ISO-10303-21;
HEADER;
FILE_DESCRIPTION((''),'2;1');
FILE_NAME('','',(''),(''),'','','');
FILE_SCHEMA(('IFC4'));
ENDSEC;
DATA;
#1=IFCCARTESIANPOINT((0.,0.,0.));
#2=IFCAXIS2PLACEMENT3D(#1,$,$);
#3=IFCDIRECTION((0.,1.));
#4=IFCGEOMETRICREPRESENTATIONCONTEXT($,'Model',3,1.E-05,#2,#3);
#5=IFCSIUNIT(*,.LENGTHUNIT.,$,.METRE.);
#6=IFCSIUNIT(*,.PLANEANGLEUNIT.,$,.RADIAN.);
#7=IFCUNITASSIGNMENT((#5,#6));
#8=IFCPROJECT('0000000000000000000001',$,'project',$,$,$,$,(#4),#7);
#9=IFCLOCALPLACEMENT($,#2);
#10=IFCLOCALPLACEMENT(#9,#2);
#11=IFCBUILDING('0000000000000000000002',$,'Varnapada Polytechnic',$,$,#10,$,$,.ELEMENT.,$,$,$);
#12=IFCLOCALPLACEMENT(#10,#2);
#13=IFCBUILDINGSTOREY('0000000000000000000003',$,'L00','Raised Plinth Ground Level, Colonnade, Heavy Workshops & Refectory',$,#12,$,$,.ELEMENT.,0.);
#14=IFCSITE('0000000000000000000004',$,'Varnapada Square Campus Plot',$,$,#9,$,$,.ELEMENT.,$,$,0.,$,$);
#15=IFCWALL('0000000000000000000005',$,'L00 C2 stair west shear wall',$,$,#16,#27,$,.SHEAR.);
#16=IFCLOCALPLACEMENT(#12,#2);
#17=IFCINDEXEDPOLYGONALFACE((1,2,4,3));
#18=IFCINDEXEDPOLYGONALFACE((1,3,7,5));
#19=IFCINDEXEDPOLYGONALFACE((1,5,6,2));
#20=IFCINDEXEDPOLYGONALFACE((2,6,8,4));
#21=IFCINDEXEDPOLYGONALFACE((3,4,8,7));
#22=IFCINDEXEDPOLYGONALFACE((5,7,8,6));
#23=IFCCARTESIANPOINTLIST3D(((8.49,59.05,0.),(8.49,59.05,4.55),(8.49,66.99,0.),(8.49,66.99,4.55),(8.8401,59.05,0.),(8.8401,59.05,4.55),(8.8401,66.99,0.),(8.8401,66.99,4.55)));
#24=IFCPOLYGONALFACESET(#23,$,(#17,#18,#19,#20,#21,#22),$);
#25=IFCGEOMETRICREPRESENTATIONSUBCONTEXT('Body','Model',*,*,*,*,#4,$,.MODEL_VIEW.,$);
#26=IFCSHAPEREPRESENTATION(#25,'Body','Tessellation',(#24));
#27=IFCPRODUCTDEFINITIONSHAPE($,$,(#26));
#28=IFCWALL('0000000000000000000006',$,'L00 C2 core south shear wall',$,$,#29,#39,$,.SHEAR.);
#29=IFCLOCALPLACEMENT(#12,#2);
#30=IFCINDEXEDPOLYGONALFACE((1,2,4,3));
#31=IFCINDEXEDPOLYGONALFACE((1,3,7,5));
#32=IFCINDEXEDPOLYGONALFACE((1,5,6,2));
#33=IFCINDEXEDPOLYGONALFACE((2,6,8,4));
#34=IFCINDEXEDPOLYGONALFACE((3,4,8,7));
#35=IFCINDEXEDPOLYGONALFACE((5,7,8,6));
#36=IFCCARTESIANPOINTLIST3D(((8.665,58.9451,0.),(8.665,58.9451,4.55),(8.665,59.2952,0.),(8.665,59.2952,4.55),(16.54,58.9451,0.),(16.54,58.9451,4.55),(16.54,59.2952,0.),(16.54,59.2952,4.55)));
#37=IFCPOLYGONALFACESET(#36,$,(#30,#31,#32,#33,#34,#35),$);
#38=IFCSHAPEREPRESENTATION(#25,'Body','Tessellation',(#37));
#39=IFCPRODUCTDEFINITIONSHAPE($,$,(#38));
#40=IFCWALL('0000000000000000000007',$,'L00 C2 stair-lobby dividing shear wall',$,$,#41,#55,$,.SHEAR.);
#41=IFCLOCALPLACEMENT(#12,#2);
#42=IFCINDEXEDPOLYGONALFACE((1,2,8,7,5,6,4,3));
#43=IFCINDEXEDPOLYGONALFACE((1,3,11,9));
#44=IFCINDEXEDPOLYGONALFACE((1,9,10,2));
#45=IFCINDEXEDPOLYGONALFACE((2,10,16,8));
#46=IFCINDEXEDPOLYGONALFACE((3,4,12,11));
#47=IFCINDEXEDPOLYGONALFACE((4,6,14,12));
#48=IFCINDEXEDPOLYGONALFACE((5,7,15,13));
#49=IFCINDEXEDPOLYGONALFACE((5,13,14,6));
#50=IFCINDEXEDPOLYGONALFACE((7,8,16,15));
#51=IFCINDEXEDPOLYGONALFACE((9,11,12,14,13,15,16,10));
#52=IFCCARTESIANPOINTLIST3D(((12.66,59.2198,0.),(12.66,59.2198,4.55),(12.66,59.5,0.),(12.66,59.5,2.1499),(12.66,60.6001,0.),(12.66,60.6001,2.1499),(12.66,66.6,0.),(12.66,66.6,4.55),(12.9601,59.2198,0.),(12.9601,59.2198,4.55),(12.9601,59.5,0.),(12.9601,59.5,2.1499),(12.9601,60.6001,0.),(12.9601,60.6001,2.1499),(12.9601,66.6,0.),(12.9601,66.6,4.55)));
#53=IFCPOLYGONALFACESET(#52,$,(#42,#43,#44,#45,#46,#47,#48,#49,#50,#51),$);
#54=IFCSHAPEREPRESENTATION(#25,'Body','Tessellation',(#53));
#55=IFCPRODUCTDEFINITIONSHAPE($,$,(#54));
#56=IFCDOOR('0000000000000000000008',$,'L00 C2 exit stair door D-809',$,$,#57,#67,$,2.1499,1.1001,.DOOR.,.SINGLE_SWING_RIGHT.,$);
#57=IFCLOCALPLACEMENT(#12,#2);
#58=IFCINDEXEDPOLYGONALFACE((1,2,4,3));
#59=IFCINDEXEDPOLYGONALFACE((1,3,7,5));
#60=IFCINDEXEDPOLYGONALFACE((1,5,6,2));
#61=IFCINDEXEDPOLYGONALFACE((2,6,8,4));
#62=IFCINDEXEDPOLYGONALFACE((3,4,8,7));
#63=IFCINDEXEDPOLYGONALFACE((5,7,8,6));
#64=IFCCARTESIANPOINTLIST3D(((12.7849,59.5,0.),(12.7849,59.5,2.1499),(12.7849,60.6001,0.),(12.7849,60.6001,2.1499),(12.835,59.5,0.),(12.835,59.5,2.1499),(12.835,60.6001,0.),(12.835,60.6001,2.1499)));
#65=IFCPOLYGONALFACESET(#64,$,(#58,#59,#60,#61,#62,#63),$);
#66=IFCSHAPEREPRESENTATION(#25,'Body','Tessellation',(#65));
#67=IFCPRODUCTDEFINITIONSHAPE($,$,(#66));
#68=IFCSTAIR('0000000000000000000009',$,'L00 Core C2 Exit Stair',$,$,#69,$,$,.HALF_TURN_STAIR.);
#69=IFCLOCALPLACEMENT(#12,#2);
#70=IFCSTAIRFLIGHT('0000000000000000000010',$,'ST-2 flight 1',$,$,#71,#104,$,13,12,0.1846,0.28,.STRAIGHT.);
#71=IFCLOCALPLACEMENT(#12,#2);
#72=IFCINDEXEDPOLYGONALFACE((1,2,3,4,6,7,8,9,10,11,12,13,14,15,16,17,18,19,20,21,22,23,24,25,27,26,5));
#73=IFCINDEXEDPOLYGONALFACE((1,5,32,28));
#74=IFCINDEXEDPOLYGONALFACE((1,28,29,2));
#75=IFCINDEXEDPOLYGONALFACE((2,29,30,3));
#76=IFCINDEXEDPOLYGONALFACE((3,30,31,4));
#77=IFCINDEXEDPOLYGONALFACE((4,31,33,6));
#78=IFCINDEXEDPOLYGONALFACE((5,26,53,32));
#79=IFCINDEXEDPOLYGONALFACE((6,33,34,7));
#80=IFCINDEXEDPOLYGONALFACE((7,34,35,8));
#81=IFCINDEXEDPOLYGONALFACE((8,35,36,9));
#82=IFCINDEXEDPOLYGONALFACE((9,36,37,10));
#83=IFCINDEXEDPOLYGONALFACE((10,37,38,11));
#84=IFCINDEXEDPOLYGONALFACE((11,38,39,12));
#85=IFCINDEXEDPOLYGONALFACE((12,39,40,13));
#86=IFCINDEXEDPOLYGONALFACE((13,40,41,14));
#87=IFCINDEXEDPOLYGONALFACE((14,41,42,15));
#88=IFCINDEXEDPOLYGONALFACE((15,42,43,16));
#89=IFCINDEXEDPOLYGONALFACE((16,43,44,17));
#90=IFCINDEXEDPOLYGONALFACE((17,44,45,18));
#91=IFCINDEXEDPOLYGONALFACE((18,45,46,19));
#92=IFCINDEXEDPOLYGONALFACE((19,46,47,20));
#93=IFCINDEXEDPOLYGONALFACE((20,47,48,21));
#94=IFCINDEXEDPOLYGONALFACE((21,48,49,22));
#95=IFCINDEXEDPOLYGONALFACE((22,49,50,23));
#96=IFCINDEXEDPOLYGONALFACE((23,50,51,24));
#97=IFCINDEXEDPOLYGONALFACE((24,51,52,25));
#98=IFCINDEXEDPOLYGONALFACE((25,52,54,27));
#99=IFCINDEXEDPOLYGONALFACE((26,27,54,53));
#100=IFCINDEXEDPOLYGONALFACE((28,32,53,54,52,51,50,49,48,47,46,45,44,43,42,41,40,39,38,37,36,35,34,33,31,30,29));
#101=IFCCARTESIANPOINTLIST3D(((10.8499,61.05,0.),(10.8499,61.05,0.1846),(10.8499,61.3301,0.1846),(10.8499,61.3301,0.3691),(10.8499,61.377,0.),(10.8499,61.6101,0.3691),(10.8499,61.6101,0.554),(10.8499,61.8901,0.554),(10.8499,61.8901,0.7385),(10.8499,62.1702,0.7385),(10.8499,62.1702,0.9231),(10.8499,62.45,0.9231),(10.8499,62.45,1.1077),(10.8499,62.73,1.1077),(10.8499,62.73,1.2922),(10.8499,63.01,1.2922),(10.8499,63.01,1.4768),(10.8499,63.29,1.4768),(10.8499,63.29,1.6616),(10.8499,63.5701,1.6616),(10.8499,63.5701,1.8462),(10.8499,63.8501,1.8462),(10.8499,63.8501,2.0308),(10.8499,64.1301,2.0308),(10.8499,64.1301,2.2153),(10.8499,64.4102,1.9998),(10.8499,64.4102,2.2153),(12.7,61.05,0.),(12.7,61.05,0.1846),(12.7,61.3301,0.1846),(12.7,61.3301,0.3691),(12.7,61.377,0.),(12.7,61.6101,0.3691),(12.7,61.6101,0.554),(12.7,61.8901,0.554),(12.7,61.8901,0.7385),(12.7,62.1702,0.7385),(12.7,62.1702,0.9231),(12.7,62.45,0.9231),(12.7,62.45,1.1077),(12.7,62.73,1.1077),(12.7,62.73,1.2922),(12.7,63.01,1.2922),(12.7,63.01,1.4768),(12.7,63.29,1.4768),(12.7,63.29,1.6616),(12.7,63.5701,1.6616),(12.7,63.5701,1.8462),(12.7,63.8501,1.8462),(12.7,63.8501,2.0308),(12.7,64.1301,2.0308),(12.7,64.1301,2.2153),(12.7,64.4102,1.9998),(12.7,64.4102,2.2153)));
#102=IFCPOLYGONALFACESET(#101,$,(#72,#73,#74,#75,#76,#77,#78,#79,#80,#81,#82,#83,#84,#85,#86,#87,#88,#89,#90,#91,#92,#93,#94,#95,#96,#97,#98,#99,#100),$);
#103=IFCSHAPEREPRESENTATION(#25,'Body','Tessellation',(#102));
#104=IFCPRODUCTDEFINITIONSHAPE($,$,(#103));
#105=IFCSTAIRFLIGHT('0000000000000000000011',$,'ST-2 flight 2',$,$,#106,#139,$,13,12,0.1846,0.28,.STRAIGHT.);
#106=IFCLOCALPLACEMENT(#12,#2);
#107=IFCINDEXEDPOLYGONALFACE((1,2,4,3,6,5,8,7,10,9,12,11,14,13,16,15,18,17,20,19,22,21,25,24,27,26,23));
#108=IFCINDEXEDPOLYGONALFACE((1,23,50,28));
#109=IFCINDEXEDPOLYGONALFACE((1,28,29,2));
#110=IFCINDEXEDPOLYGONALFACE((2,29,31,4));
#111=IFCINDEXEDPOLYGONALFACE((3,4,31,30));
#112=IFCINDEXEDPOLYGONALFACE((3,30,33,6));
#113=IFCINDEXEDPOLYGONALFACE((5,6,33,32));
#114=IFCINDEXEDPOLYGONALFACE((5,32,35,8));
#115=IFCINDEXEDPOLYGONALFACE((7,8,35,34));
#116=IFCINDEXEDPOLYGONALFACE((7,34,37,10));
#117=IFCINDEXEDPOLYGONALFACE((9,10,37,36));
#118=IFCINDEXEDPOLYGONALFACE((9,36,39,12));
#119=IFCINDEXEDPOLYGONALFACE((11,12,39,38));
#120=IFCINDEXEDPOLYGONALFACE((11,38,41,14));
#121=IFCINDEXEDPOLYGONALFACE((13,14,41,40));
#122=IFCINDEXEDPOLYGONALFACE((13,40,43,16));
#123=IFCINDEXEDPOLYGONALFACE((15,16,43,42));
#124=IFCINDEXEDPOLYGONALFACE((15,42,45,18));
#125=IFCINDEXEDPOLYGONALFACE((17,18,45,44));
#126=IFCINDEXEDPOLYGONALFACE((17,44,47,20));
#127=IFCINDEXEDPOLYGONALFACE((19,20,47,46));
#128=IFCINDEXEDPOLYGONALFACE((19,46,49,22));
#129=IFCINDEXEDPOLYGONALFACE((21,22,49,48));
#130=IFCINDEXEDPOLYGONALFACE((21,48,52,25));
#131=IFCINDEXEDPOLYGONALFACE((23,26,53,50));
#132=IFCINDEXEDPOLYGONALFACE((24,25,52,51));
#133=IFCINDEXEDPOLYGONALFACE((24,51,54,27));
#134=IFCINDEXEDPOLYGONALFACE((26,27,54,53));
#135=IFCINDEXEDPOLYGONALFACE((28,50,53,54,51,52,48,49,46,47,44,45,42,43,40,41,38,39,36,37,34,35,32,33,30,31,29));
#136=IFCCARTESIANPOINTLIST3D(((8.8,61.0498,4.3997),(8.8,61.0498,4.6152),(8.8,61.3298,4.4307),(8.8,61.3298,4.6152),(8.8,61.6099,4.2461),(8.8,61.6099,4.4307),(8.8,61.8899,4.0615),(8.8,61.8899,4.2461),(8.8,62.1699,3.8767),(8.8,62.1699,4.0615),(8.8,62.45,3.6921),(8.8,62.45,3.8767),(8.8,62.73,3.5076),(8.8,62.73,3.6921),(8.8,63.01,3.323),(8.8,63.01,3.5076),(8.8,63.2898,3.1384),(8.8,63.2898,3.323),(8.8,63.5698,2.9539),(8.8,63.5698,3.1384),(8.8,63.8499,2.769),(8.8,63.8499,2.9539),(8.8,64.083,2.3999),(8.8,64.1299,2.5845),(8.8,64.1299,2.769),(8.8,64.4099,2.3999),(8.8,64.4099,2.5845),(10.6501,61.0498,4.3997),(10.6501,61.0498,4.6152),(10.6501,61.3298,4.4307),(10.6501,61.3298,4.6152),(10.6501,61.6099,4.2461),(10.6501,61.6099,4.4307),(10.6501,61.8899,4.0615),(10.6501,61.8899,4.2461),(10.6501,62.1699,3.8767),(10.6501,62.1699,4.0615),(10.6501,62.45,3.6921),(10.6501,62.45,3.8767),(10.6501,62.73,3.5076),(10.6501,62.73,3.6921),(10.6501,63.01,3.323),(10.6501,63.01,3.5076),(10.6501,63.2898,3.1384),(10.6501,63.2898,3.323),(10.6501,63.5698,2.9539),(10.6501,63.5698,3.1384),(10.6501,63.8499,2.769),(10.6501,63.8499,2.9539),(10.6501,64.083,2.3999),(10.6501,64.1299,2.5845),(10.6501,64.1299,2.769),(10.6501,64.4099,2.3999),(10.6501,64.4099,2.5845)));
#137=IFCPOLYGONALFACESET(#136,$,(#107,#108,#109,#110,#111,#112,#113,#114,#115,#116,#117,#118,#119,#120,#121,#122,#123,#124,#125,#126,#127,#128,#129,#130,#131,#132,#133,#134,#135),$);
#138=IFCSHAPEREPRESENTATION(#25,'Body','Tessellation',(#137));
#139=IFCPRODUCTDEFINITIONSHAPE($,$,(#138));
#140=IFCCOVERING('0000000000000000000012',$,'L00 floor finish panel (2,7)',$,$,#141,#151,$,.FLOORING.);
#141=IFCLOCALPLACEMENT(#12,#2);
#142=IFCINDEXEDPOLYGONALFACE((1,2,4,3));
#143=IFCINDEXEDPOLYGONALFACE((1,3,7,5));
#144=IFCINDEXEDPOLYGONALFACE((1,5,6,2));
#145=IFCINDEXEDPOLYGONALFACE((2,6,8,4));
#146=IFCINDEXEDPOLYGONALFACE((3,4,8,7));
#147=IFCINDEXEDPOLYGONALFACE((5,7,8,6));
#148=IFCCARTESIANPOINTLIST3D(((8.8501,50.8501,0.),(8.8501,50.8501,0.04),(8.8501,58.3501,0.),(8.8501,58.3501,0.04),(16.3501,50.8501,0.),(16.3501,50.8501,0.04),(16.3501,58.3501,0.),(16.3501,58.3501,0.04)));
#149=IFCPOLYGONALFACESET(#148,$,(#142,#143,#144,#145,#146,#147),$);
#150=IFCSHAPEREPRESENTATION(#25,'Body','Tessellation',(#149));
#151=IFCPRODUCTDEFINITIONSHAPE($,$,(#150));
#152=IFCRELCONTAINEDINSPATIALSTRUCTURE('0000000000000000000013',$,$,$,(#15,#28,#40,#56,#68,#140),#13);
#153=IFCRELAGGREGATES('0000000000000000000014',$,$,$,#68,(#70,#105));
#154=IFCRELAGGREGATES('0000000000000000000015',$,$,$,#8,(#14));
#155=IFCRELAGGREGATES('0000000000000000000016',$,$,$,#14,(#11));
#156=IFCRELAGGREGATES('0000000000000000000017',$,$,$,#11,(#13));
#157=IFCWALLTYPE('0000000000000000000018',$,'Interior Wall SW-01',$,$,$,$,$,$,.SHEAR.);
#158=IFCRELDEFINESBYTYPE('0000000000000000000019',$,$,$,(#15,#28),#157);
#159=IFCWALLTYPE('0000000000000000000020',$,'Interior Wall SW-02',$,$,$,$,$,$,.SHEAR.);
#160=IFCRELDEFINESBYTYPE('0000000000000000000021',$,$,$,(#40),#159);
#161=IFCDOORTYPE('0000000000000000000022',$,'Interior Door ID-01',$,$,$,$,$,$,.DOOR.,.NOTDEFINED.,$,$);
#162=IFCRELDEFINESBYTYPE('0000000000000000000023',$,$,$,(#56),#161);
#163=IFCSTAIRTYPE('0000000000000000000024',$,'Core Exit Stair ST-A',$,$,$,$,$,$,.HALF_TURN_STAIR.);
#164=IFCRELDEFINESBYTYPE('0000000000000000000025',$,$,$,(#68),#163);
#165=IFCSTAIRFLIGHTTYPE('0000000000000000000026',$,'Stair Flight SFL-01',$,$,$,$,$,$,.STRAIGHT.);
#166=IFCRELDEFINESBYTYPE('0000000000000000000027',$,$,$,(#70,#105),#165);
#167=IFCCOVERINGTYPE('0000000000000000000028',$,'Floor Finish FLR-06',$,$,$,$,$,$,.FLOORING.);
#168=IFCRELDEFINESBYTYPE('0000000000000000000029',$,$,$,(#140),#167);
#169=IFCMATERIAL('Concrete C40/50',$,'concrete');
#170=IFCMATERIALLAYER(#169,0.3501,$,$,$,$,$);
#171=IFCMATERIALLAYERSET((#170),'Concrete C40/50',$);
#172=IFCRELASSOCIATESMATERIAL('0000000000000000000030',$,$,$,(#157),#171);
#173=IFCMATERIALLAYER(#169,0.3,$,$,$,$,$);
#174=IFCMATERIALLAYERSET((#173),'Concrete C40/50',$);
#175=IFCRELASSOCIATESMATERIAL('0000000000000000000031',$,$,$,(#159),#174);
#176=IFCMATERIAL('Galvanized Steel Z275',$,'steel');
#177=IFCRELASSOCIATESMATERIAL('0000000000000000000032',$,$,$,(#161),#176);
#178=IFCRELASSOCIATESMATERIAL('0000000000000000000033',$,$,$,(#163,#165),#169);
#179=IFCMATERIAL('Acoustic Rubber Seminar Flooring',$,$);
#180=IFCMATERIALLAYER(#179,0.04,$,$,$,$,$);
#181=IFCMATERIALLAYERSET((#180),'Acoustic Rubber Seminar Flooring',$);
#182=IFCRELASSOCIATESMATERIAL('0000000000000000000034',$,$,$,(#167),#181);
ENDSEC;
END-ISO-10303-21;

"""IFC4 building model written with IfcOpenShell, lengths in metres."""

from ifc_helpers import new_model, si_unit, direction, frame, frame_2d, origin, origin_2d, place, context, subcontext, project, spatial, polyline, rectangle, outline, extrude, material, layer, layer_set, type_object, element, fill, aggregate, save


model = new_model("IFC4")

# Units and contexts
model_context = context("Model", 3, precision=1e-05, world=origin(), true_north=direction((0.0, 1.0)))
body_context = subcontext(model_context, "Body", "Model", "MODEL_VIEW")
ifc_project = project(units=[si_unit("LENGTHUNIT", "METRE"), si_unit("PLANEANGLEUNIT", "RADIAN")], contexts=[model_context])

# Site, building, storey
site_placement = place(None, origin())
site = spatial("IfcSite", under=ifc_project, at=site_placement, Name="Varnapada Square Campus Plot", CompositionType="ELEMENT", RefElevation=0.0)
building_placement = place(site_placement, origin())
building = spatial("IfcBuilding", under=site, at=building_placement, Name="Varnapada Polytechnic", CompositionType="ELEMENT")
storey_placement = place(building_placement, origin())
storey = spatial("IfcBuildingStorey", under=building, at=storey_placement, Name="L00", Description="Raised Plinth Ground Level, Colonnade, Heavy Workshops & Refectory", CompositionType="ELEMENT", Elevation=0.0)

# Shared definitions
ifc_material_1 = material(Name="Concrete C40/50", Category="concrete")

# Walls
ifc_layer_1 = layer(ifc_material_1, 0.3501)
ifc_layer_set_1 = layer_set([ifc_layer_1], Name="Concrete C40/50")
wall_type_1 = type_object("IfcWallType", Name="Interior Wall SW-01", PredefinedType="SHEAR", material=ifc_layer_set_1)
wall_1_placement = place(storey_placement, frame((8.665, 59.05, 0.0), z_axis=(0.0, 0.0, 1.0), x_axis=(0.0, 1.0, 0.0)))
element("IfcWall", 1, at=wall_1_placement, inside=storey, type_object=wall_type_1, Name="L00 C2 stair west shear wall", PredefinedType="SHEAR", context=body_context, shape_type="SweptSolid", body=[
    extrude(rectangle(XDim=7.9399, YDim=0.3501, at=frame_2d((3.97, 0.0))), origin(), (0.0, 0.0, 1.0), 4.55),
])
wall_2_placement = place(storey_placement, frame((16.54, 59.1201, 0.0), z_axis=(0.0, 0.0, 1.0), x_axis=(-1.0, 0.0, 0.0)))
element("IfcWall", 2, at=wall_2_placement, inside=storey, type_object=wall_type_1, Name="L00 C2 core south shear wall", PredefinedType="SHEAR", context=body_context, shape_type="SweptSolid", body=[
    extrude(rectangle(XDim=7.875, YDim=0.3501, at=frame_2d((3.9375, 0.0))), origin(), (0.0, 0.0, 1.0), 4.55),
])

# Wall, opening, door
ifc_layer_2 = layer(ifc_material_1, 0.3)
ifc_layer_set_2 = layer_set([ifc_layer_2], Name="Concrete C40/50")
wall_type_2 = type_object("IfcWallType", Name="Interior Wall SW-02", PredefinedType="SHEAR", material=ifc_layer_set_2)
wall_3_placement = place(storey_placement, frame((12.8101, 59.22, 0.0), z_axis=(0.0, 0.0, 1.0), x_axis=(0.0, 1.0, 0.0)))
wall_3 = element("IfcWall", 3, at=wall_3_placement, inside=storey, type_object=wall_type_2, Name="L00 C2 stair-lobby dividing shear wall", PredefinedType="SHEAR", context=body_context, shape_type="SweptSolid", body=[
    extrude(rectangle(XDim=7.3801, YDim=0.3, at=frame_2d((3.6899, 0.0))), origin(), (0.0, 0.0, 1.0), 4.55),
])
opening_1_placement = place(wall_3_placement, frame((0.28, 0.0, 0.0)))
opening_1 = element("IfcOpeningElement", 4, at=opening_1_placement, cuts=wall_3, PredefinedType="OPENING", context=body_context, shape_type="SweptSolid", body=[
    extrude(rectangle(XDim=1.1001, YDim=2.1499, at=frame_2d((0.55, 1.075))), frame((0.0, 0.1599, 0.0), z_axis=(0.0, -1.0, 0.0), x_axis=(1.0, 0.0, 0.0)), (0.0, 0.0, 1.0), 0.3201),
])
ifc_material_2 = material(Name="Galvanized Steel Z275", Category="steel")
door_type_1 = type_object("IfcDoorType", Name="Interior Door ID-01", OperationType="NOTDEFINED", PredefinedType="DOOR", material=ifc_material_2)
door_1_placement = place(opening_1_placement, frame((1.1001, 0.0, 0.0), z_axis=(0.0, 0.0, 1.0), x_axis=(-1.0, 0.0, 0.0)))
door_1 = element("IfcDoor", 5, at=door_1_placement, inside=storey, type_object=door_type_1, Name="L00 C2 exit stair door D-809", OperationType="SINGLE_SWING_RIGHT", OverallHeight=2.1499, OverallWidth=1.1001, PredefinedType="DOOR", context=body_context, shape_type="SweptSolid", body=[
    extrude(rectangle(XDim=1.1001, YDim=2.1499, at=frame_2d((0.55, 1.075))), frame((0.0, 0.0249, 0.0), z_axis=(0.0, -1.0, 0.0), x_axis=(1.0, 0.0, 0.0)), (0.0, 0.0, 1.0), 0.05),
])
fill(opening_1, door_1)

# Stair, stair flights
stair_type = type_object("IfcStairType", Name="Core Exit Stair ST-A", PredefinedType="HALF_TURN_STAIR", material=ifc_material_1)
stair_placement = place(storey_placement, origin())
stair = element("IfcStair", 6, at=stair_placement, inside=storey, type_object=stair_type, Name="L00 Core C2 Exit Stair", PredefinedType="HALF_TURN_STAIR")
stair_flight_type = type_object("IfcStairFlightType", Name="Stair Flight SFL-01", PredefinedType="STRAIGHT", material=ifc_material_1)
stair_flight_1_placement = place(storey_placement, frame((11.7749, 61.05, 0.0), z_axis=(0.0, 0.0, 1.0), x_axis=(0.0, 1.0, 0.0)))
stair_flight_1 = element("IfcStairFlight", 7, at=stair_flight_1_placement, type_object=stair_flight_type, Name="ST-2 flight 1", NumberOfRisers=13, NumberOfTreads=12, PredefinedType="STRAIGHT", RiserHeight=0.1846, TreadLength=0.28, context=body_context, shape_type="SweptSolid", body=[
    extrude(outline(polyline([(0.0, 0.0), (0.0, 0.1846), (0.28, 0.1846), (0.28, 0.3691), (0.5601, 0.3691), (0.5601, 0.554), (0.8401, 0.554), (0.8401, 0.7385), (1.1201, 0.7385), (1.1201, 0.9231), (1.3999, 0.9231), (1.3999, 1.1077), (1.6799, 1.1077), (1.6799, 1.2922), (1.96, 1.2922), (1.96, 1.4768), (2.24, 1.4768), (2.24, 1.6616), (2.52, 1.6616), (2.52, 1.8462), (2.8, 1.8462), (2.8, 2.0308), (3.0801, 2.0308), (3.0801, 2.2153), (3.3601, 2.2153), (3.3601, 2.3999), (3.3601, 1.9998), (0.3269, 0.0), (0.0, 0.0)])), frame((0.0, 0.925, 0.0), z_axis=(0.0, -1.0, 0.0), x_axis=(1.0, 0.0, 0.0)), (0.0, 0.0, 1.0), 1.8501),
])
stair_flight_2_placement = place(storey_placement, frame((9.7251, 64.4099, 2.3999), z_axis=(0.0, 0.0, 1.0), x_axis=(0.0, -1.0, 0.0)))
stair_flight_2 = element("IfcStairFlight", 8, at=stair_flight_2_placement, type_object=stair_flight_type, Name="ST-2 flight 2", NumberOfRisers=13, NumberOfTreads=12, PredefinedType="STRAIGHT", RiserHeight=0.1846, TreadLength=0.28, context=body_context, shape_type="SweptSolid", body=[
    extrude(outline(polyline([(0.0, 0.0), (0.0, 0.1846), (0.28, 0.1846), (0.28, 0.3691), (0.5601, 0.3691), (0.5601, 0.554), (0.8401, 0.554), (0.8401, 0.7385), (1.1201, 0.7385), (1.1201, 0.9231), (1.3999, 0.9231), (1.3999, 1.1077), (1.6799, 1.1077), (1.6799, 1.2922), (1.96, 1.2922), (1.96, 1.4768), (2.24, 1.4768), (2.24, 1.6616), (2.52, 1.6616), (2.52, 1.8462), (2.8, 1.8462), (2.8, 2.0308), (3.0801, 2.0308), (3.0801, 2.2153), (3.3601, 2.2153), (3.3601, 2.3999), (3.3601, 1.9998), (0.3269, 0.0), (0.0, 0.0)])), frame((0.0, 0.925, 0.0), z_axis=(0.0, -1.0, 0.0), x_axis=(1.0, 0.0, 0.0)), (0.0, 0.0, 1.0), 1.8501),
])
aggregate(stair, [stair_flight_1, stair_flight_2])

# Covering
ifc_material_3 = material(Name="Acoustic Rubber Seminar Flooring")
ifc_layer_3 = layer(ifc_material_3, 0.04)
ifc_layer_set_3 = layer_set([ifc_layer_3], Name="Acoustic Rubber Seminar Flooring")
covering_type = type_object("IfcCoveringType", Name="Floor Finish FLR-06", PredefinedType="FLOORING", material=ifc_layer_set_3)
covering_placement = place(storey_placement, frame((12.6001, 54.6001, 0.0), z_axis=(0.0, 0.0, 1.0), x_axis=(1.0, 0.0, 0.0)))
element("IfcCovering", 9, at=covering_placement, inside=storey, type_object=covering_type, Name="L00 floor finish panel (2,7)", PredefinedType="FLOORING", context=body_context, shape_type="SweptSolid", body=[
    extrude(rectangle(XDim=7.5, YDim=7.5, at=origin_2d()), origin(), (0.0, 0.0, 1.0), 0.04),
])

save(model, "model.ifc")
